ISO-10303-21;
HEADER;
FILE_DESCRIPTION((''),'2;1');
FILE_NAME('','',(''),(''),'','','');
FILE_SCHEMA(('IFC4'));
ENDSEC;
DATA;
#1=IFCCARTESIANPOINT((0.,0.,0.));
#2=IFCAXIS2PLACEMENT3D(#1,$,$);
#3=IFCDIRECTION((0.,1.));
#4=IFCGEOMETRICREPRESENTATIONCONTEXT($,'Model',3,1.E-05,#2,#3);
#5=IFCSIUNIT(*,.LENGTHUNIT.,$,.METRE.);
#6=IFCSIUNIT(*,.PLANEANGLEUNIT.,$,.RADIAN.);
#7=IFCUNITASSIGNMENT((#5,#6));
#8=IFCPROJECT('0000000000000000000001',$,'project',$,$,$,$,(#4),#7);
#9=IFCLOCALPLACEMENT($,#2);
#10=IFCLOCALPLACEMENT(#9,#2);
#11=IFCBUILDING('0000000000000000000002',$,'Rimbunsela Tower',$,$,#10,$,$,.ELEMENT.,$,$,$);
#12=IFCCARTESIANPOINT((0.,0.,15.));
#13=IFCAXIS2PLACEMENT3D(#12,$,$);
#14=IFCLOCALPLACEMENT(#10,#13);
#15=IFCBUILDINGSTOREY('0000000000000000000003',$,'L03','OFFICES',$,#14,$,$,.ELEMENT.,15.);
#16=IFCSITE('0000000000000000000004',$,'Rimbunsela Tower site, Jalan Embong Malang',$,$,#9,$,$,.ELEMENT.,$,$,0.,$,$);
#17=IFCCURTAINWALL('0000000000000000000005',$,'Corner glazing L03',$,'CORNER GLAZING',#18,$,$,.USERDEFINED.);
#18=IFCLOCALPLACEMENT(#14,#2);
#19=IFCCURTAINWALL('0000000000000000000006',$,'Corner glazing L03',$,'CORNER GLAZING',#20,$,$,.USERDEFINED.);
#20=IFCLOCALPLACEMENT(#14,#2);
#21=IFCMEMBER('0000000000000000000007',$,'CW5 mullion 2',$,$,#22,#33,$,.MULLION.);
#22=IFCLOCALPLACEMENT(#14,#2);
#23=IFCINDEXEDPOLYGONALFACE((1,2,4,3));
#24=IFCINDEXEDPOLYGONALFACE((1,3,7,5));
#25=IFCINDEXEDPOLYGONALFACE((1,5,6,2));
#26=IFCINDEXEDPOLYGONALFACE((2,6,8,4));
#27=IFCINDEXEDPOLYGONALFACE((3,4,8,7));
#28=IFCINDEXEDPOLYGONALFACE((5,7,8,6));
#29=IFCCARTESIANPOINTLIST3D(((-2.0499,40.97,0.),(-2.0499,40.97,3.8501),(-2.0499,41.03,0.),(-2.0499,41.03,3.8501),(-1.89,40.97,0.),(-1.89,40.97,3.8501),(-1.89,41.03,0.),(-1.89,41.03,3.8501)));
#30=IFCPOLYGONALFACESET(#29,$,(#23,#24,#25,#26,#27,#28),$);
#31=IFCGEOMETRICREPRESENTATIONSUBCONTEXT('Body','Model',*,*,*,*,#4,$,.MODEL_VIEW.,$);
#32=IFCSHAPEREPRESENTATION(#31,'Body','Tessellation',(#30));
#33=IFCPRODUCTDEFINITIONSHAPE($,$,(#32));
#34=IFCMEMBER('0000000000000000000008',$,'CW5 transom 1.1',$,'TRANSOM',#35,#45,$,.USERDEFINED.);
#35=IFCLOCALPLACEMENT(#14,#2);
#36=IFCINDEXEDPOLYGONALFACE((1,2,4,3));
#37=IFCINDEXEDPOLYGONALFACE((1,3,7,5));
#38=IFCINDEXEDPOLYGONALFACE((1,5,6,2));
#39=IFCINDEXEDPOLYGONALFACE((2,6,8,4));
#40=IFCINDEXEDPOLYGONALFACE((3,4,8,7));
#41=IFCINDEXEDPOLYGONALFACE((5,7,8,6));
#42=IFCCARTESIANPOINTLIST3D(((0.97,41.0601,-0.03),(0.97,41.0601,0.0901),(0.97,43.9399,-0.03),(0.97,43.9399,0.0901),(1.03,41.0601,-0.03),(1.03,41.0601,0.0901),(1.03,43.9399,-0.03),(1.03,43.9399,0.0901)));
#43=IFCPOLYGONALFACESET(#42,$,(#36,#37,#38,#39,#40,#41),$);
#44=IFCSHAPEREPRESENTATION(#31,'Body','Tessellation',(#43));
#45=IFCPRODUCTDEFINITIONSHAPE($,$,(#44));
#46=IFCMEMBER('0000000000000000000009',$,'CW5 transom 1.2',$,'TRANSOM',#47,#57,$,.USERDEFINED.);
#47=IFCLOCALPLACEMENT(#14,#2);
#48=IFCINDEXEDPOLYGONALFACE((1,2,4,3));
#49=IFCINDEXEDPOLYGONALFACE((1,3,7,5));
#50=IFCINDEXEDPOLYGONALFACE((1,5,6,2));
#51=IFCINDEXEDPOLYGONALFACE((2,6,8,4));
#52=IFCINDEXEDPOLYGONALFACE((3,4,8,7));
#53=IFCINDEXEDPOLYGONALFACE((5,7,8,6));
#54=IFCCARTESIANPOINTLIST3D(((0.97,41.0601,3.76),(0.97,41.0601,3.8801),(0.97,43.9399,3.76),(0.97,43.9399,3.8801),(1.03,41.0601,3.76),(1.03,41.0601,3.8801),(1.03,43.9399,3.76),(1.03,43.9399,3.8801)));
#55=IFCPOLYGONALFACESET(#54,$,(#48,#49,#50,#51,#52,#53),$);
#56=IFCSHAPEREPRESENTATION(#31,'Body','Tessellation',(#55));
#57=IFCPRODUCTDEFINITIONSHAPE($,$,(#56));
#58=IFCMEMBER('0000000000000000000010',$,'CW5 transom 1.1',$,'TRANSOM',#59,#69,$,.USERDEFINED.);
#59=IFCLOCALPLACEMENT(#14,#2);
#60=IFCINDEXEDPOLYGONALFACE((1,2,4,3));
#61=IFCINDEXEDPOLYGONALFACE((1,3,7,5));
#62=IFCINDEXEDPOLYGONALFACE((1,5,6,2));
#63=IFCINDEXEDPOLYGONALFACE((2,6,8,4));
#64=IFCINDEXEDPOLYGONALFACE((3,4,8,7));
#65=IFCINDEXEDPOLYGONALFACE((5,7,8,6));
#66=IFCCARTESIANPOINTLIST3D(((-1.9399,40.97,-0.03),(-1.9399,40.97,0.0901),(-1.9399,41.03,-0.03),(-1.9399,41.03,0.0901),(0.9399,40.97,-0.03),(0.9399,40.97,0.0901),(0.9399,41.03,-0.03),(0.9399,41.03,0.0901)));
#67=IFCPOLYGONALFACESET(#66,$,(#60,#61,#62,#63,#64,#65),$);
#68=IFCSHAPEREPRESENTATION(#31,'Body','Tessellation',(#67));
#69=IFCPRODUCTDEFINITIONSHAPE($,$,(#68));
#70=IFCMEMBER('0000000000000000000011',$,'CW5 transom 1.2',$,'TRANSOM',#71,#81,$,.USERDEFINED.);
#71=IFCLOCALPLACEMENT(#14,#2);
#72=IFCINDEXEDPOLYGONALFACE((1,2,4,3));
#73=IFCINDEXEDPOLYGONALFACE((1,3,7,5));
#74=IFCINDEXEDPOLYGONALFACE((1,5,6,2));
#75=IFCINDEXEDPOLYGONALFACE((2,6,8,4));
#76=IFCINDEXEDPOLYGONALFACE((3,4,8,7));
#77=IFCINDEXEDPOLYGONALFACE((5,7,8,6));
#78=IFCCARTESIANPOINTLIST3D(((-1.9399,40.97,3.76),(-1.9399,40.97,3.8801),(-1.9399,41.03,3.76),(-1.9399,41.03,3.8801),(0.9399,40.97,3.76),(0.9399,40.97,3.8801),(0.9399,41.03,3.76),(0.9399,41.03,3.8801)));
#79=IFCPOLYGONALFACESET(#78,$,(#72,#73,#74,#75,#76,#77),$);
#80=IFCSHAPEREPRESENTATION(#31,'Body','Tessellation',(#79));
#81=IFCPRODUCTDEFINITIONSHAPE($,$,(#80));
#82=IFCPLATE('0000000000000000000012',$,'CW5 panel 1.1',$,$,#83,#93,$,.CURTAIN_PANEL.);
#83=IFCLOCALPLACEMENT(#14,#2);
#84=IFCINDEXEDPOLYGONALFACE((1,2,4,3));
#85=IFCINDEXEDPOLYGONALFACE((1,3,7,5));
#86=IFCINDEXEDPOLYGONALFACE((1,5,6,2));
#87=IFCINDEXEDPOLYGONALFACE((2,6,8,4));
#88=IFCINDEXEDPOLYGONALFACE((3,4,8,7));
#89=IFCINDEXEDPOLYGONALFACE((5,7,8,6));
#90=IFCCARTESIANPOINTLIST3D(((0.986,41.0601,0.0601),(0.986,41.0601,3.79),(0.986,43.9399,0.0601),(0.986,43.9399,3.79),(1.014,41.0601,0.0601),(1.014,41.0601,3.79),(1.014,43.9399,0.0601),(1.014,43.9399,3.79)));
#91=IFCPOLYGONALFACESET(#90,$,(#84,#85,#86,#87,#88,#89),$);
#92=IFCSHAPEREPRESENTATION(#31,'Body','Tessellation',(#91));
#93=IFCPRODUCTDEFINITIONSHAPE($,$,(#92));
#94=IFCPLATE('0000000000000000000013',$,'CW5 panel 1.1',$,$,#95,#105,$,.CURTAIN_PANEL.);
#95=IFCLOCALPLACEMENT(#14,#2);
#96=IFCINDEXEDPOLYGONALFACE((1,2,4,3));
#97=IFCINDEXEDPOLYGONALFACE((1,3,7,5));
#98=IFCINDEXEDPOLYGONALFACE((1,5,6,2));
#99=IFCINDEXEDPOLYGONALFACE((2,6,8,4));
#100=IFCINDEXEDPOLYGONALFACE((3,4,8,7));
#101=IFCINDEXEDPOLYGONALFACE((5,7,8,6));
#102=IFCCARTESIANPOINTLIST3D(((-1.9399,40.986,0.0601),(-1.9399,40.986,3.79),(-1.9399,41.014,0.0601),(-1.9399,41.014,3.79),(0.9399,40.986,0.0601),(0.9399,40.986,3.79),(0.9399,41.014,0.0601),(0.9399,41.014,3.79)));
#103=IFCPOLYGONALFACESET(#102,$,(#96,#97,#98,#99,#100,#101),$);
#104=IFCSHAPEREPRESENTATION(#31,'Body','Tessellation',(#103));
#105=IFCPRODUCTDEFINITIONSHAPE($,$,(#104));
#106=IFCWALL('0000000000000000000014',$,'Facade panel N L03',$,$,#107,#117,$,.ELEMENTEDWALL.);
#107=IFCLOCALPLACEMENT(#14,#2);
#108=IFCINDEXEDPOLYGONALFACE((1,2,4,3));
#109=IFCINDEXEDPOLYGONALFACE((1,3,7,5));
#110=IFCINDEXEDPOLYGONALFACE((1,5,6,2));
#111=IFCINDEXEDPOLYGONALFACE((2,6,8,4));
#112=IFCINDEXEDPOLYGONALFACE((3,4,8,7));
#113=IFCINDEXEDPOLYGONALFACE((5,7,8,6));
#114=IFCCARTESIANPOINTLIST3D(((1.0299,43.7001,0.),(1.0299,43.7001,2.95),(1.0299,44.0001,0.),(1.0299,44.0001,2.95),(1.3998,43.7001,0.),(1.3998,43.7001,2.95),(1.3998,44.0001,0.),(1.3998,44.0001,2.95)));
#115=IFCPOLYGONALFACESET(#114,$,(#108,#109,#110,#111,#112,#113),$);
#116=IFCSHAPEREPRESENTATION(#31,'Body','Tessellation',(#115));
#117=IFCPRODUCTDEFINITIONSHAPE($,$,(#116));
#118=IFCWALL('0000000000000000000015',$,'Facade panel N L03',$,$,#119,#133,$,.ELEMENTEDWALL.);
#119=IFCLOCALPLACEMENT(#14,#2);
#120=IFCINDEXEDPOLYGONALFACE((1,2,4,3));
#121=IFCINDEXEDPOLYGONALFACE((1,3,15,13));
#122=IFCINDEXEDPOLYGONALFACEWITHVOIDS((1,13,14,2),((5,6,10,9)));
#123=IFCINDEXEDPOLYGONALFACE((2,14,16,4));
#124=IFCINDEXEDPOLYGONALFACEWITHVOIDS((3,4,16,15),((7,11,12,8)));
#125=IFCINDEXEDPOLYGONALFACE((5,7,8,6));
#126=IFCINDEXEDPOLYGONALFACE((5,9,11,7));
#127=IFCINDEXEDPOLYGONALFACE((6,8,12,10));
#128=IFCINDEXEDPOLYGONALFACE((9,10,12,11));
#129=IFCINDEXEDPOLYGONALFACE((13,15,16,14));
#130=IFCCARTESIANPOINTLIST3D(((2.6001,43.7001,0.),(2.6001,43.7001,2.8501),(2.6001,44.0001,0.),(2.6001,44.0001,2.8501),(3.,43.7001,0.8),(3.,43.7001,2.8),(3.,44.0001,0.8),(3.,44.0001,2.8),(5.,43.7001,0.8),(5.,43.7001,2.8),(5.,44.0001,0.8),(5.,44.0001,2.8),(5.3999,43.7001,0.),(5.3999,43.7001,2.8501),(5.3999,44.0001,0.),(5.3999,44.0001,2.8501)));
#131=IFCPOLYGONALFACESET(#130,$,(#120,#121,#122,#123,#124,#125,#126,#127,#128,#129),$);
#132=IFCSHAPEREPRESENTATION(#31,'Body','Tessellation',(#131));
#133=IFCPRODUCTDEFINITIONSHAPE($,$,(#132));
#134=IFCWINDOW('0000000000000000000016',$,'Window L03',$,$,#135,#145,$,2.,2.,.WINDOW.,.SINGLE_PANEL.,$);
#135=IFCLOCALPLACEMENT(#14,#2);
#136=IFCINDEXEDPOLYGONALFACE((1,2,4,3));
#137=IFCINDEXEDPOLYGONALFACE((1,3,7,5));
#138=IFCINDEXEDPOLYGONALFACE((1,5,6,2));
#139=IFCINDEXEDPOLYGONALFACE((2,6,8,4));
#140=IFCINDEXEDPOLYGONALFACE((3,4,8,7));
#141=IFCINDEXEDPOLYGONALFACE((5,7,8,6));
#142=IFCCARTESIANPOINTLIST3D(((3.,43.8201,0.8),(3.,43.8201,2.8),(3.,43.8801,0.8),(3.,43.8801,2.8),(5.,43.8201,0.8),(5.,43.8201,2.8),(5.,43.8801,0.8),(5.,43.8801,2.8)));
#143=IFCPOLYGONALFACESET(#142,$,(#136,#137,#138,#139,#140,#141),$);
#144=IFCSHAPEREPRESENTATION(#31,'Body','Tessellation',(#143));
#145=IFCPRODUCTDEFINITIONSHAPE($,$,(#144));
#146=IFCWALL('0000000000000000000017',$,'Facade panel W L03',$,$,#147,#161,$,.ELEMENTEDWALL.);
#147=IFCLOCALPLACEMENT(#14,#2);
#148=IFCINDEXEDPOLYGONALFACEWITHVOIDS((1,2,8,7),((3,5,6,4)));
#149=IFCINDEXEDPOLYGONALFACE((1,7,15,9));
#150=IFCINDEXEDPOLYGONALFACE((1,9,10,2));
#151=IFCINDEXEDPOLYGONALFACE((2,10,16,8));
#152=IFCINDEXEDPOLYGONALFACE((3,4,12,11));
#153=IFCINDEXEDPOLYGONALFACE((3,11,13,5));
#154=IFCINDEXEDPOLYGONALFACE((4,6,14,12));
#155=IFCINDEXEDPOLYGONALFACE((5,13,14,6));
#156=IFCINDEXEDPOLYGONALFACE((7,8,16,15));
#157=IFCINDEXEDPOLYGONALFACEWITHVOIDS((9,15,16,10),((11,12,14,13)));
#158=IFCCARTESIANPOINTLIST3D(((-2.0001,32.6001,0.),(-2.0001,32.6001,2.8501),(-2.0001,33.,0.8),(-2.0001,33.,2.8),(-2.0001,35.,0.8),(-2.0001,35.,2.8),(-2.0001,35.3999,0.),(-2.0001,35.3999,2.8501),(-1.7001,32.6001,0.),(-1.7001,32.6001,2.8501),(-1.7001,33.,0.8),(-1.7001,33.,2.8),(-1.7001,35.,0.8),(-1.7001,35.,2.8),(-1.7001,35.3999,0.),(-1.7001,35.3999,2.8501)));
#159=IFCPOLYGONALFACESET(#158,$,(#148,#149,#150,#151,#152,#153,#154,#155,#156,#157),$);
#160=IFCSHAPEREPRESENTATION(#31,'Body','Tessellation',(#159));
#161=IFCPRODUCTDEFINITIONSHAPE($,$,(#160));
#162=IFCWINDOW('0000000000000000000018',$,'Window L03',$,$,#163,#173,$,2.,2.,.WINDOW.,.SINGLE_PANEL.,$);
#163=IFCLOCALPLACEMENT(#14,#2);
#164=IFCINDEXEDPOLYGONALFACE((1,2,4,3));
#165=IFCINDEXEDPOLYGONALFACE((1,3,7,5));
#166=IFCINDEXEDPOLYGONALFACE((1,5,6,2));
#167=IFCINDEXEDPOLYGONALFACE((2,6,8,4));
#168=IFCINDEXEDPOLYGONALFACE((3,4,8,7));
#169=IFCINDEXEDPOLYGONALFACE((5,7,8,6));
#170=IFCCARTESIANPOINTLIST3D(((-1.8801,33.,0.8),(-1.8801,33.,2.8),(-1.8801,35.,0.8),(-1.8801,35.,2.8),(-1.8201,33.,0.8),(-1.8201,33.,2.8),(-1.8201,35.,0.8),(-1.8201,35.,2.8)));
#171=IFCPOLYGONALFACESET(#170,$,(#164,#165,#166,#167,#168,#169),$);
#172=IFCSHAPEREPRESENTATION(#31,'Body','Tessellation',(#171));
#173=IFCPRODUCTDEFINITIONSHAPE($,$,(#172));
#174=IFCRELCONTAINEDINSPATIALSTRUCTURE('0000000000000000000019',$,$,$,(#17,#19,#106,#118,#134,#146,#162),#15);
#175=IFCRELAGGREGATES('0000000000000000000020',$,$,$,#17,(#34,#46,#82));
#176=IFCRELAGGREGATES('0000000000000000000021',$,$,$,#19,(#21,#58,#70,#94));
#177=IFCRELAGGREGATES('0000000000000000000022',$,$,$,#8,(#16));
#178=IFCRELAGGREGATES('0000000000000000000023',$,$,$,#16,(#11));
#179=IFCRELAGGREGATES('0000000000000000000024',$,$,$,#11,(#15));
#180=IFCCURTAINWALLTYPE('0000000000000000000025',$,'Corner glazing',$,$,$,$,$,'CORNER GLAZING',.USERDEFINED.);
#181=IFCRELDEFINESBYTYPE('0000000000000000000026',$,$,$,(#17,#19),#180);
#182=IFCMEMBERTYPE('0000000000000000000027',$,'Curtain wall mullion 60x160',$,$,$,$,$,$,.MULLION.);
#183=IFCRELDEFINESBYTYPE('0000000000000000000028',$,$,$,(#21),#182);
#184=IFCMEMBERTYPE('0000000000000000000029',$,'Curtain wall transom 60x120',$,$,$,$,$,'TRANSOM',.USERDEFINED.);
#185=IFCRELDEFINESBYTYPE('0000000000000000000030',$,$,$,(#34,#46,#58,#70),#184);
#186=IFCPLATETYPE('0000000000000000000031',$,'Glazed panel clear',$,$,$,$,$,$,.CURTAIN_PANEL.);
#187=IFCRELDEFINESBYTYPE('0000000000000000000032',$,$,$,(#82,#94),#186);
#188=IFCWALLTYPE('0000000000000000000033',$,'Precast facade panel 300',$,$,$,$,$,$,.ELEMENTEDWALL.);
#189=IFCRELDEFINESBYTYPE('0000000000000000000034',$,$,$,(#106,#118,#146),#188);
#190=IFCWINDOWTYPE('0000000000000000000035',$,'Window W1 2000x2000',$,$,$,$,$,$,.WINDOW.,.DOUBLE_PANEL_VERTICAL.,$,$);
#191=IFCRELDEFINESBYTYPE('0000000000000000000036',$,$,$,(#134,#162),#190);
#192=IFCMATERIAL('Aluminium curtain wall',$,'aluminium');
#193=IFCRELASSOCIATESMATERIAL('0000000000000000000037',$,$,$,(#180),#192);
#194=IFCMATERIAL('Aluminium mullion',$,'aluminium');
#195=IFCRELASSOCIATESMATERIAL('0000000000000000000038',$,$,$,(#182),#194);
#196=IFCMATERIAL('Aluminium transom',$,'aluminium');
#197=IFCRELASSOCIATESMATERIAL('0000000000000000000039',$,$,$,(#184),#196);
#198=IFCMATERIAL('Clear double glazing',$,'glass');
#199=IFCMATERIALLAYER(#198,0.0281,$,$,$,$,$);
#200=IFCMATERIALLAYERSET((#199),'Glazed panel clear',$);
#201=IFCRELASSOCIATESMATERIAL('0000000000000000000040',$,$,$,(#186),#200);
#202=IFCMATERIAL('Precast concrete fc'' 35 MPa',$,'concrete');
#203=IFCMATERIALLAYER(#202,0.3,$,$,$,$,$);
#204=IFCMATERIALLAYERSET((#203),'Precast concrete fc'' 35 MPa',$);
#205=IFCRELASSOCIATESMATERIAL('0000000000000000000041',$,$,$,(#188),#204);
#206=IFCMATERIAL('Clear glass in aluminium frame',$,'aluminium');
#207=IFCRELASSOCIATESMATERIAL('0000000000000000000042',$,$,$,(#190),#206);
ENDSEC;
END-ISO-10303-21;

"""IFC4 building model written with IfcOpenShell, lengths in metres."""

from ifc_helpers import new_model, si_unit, direction, frame, frame_2d, origin, origin_2d, place, context, subcontext, project, spatial, rectangle, extrude, material, layer, layer_set, material_profile, profile_set, type_object, element, fill, aggregate, save


model = new_model("IFC4")

# Units and contexts
model_context = context("Model", 3, precision=1e-05, world=origin(), true_north=direction((0.0, 1.0)))
body_context = subcontext(model_context, "Body", "Model", "MODEL_VIEW")
ifc_project = project(units=[si_unit("LENGTHUNIT", "METRE"), si_unit("PLANEANGLEUNIT", "RADIAN")], contexts=[model_context])

# Site, building, storey
site_placement = place(None, origin())
site = spatial("IfcSite", under=ifc_project, at=site_placement, Name="Rimbunsela Tower site, Jalan Embong Malang", CompositionType="ELEMENT", RefElevation=0.0)
building_placement = place(site_placement, origin())
building = spatial("IfcBuilding", under=site, at=building_placement, Name="Rimbunsela Tower", CompositionType="ELEMENT")
storey_placement = place(building_placement, frame((0.0, 0.0, 15.0)))
storey = spatial("IfcBuildingStorey", under=building, at=storey_placement, Name="L03", Description="OFFICES", CompositionType="ELEMENT", Elevation=15.0)

# Curtain walls, member
ifc_material_1 = material(Name="Aluminium curtain wall", Category="aluminium")
curtain_wall_type = type_object("IfcCurtainWallType", Name="Corner glazing", ElementType="CORNER GLAZING", PredefinedType="USERDEFINED", material=ifc_material_1)
curtain_wall_1_placement = place(storey_placement, origin())
curtain_wall_1 = element("IfcCurtainWall", 1, at=curtain_wall_1_placement, inside=storey, type_object=curtain_wall_type, Name="Corner glazing L03", ObjectType="CORNER GLAZING", PredefinedType="USERDEFINED")
ifc_material_2 = material(Name="Aluminium mullion", Category="aluminium")
ifc_material_profile_1 = material_profile(ifc_material_2, rectangle(XDim=0.0601, YDim=0.1599, at=origin_2d()), Name="Mullion 60x160")
ifc_profile_set_1 = profile_set([ifc_material_profile_1], Name="Aluminium mullion")
member_type_1 = type_object("IfcMemberType", Name="Curtain wall mullion 60x160", PredefinedType="MULLION", material=ifc_profile_set_1)
curtain_wall_2_placement = place(storey_placement, origin())
curtain_wall_2 = element("IfcCurtainWall", 2, at=curtain_wall_2_placement, inside=storey, type_object=curtain_wall_type, Name="Corner glazing L03", ObjectType="CORNER GLAZING", PredefinedType="USERDEFINED")
member_1_placement = place(storey_placement, frame((-1.97, 41.0, 0.0), z_axis=(0.0, 0.0, 1.0), x_axis=(0.0, -1.0, 0.0)))
member_1 = element("IfcMember", 3, at=member_1_placement, type_object=member_type_1, Name="CW5 mullion 2", PredefinedType="MULLION", context=body_context, shape_type="SweptSolid", body=[
    extrude(rectangle(XDim=0.0601, YDim=0.1599, at=origin_2d()), origin(), (0.0, 0.0, 1.0), 3.8501),
])

# Members
ifc_material_3 = material(Name="Aluminium transom", Category="aluminium")
ifc_material_profile_2 = material_profile(ifc_material_3, rectangle(XDim=0.0601, YDim=0.1201, at=origin_2d()), Name="Transom 60x120")
ifc_profile_set_2 = profile_set([ifc_material_profile_2], Name="Aluminium transom")
member_type_2 = type_object("IfcMemberType", Name="Curtain wall transom 60x120", ElementType="TRANSOM", PredefinedType="USERDEFINED", material=ifc_profile_set_2)
member_2_placement = place(storey_placement, frame((1.0, 43.9399, 0.03), z_axis=(0.0, -1.0, 0.0), x_axis=(1.0, 0.0, 0.0)))
member_2 = element("IfcMember", 4, at=member_2_placement, type_object=member_type_2, Name="CW5 transom 1.1", ObjectType="TRANSOM", PredefinedType="USERDEFINED", context=body_context, shape_type="SweptSolid", body=[
    extrude(rectangle(XDim=0.0601, YDim=0.1201, at=origin_2d()), origin(), (0.0, 0.0, 1.0), 2.8799),
])
member_3_placement = place(storey_placement, frame((1.0, 43.9399, 3.8201), z_axis=(0.0, -1.0, 0.0), x_axis=(1.0, 0.0, 0.0)))
member_3 = element("IfcMember", 5, at=member_3_placement, type_object=member_type_2, Name="CW5 transom 1.2", ObjectType="TRANSOM", PredefinedType="USERDEFINED", context=body_context, shape_type="SweptSolid", body=[
    extrude(rectangle(XDim=0.0601, YDim=0.1201, at=origin_2d()), origin(), (0.0, 0.0, 1.0), 2.8799),
])
member_4_placement = place(storey_placement, frame((0.9399, 41.0, 0.03), z_axis=(-1.0, 0.0, 0.0), x_axis=(0.0, -1.0, 0.0)))
member_4 = element("IfcMember", 6, at=member_4_placement, type_object=member_type_2, Name="CW5 transom 1.1", ObjectType="TRANSOM", PredefinedType="USERDEFINED", context=body_context, shape_type="SweptSolid", body=[
    extrude(rectangle(XDim=0.0601, YDim=0.1201, at=origin_2d()), origin(), (0.0, 0.0, 1.0), 2.8799),
])
member_5_placement = place(storey_placement, frame((0.9399, 41.0, 3.8201), z_axis=(-1.0, 0.0, 0.0), x_axis=(0.0, -1.0, 0.0)))
member_5 = element("IfcMember", 7, at=member_5_placement, type_object=member_type_2, Name="CW5 transom 1.2", ObjectType="TRANSOM", PredefinedType="USERDEFINED", context=body_context, shape_type="SweptSolid", body=[
    extrude(rectangle(XDim=0.0601, YDim=0.1201, at=origin_2d()), origin(), (0.0, 0.0, 1.0), 2.8799),
])

# Plates
ifc_material_4 = material(Name="Clear double glazing", Category="glass")
ifc_layer_1 = layer(ifc_material_4, 0.0281)
ifc_layer_set_1 = layer_set([ifc_layer_1], Name="Glazed panel clear")
plate_type = type_object("IfcPlateType", Name="Glazed panel clear", PredefinedType="CURTAIN_PANEL", material=ifc_layer_set_1)
plate_1_placement = place(storey_placement, frame((1.0, 42.5, 0.0601), z_axis=(0.0, 0.0, 1.0), x_axis=(0.0, -1.0, 0.0)))
plate_1 = element("IfcPlate", 8, at=plate_1_placement, type_object=plate_type, Name="CW5 panel 1.1", PredefinedType="CURTAIN_PANEL", context=body_context, shape_type="SweptSolid", body=[
    extrude(rectangle(XDim=2.8799, YDim=0.0281, at=origin_2d()), origin(), (0.0, 0.0, 1.0), 3.73),
])
aggregate(curtain_wall_1, [member_2, member_3, plate_1])
plate_2_placement = place(storey_placement, frame((-0.5, 41.0, 0.0601), z_axis=(0.0, 0.0, 1.0), x_axis=(-1.0, 0.0, 0.0)))
plate_2 = element("IfcPlate", 9, at=plate_2_placement, type_object=plate_type, Name="CW5 panel 1.1", PredefinedType="CURTAIN_PANEL", context=body_context, shape_type="SweptSolid", body=[
    extrude(rectangle(XDim=2.8799, YDim=0.0281, at=origin_2d()), origin(), (0.0, 0.0, 1.0), 3.73),
])
aggregate(curtain_wall_2, [member_1, member_4, member_5, plate_2])

# Wall
ifc_material_5 = material(Name="Precast concrete fc' 35 MPa", Category="concrete")
ifc_layer_2 = layer(ifc_material_5, 0.3)
ifc_layer_set_2 = layer_set([ifc_layer_2], Name="Precast concrete fc' 35 MPa")
wall_type = type_object("IfcWallType", Name="Precast facade panel 300", PredefinedType="ELEMENTEDWALL", material=ifc_layer_set_2)
wall_1_placement = place(storey_placement, frame((1.3999, 43.8501, 0.0), z_axis=(0.0, 0.0, 1.0), x_axis=(-1.0, 0.0, 0.0)))
element("IfcWall", 10, at=wall_1_placement, inside=storey, type_object=wall_type, Name="Facade panel N L03", PredefinedType="ELEMENTEDWALL", context=body_context, shape_type="SweptSolid", body=[
    extrude(rectangle(XDim=0.3699, YDim=0.3, at=frame_2d((0.1851, 0.0))), origin(), (0.0, 0.0, 1.0), 2.95),
])

# Walls, openings, windows
wall_2_placement = place(storey_placement, frame((5.3999, 43.8501, 0.0), z_axis=(0.0, 0.0, 1.0), x_axis=(-1.0, 0.0, 0.0)))
wall_2 = element("IfcWall", 11, at=wall_2_placement, inside=storey, type_object=wall_type, Name="Facade panel N L03", PredefinedType="ELEMENTEDWALL", context=body_context, shape_type="SweptSolid", body=[
    extrude(rectangle(XDim=2.7998, YDim=0.3, at=frame_2d((1.3999, 0.0))), origin(), (0.0, 0.0, 1.0), 2.8501),
])
opening_1_placement = place(wall_2_placement, frame((0.3999, 0.0, 0.8)))
opening_1 = element("IfcOpeningElement", 12, at=opening_1_placement, cuts=wall_2, PredefinedType="OPENING", context=body_context, shape_type="SweptSolid", body=[
    extrude(rectangle(XDim=2.0, YDim=2.0, at=frame_2d((1.0, 1.0))), frame((0.0, 0.1599, 0.0), z_axis=(0.0, -1.0, 0.0), x_axis=(1.0, 0.0, 0.0)), (0.0, 0.0, 1.0), 0.3201),
])
ifc_material_6 = material(Name="Clear glass in aluminium frame", Category="aluminium")
window_type = type_object("IfcWindowType", Name="Window W1 2000x2000", PartitioningType="DOUBLE_PANEL_VERTICAL", PredefinedType="WINDOW", material=ifc_material_6)
window_1_placement = place(opening_1_placement, origin())
window_1 = element("IfcWindow", 13, at=window_1_placement, inside=storey, type_object=window_type, Name="Window L03", OverallHeight=2.0, OverallWidth=2.0, PartitioningType="SINGLE_PANEL", PredefinedType="WINDOW", context=body_context, shape_type="SweptSolid", body=[
    extrude(rectangle(XDim=2.0, YDim=2.0, at=frame_2d((1.0, 1.0))), frame((0.0, 0.03, 0.0), z_axis=(0.0, -1.0, 0.0), x_axis=(1.0, 0.0, 0.0)), (0.0, 0.0, 1.0), 0.0601),
])
fill(opening_1, window_1)
wall_3_placement = place(storey_placement, frame((-1.8501, 35.3999, 0.0), z_axis=(0.0, 0.0, 1.0), x_axis=(0.0, -1.0, 0.0)))
wall_3 = element("IfcWall", 14, at=wall_3_placement, inside=storey, type_object=wall_type, Name="Facade panel W L03", PredefinedType="ELEMENTEDWALL", context=body_context, shape_type="SweptSolid", body=[
    extrude(rectangle(XDim=2.7998, YDim=0.3, at=frame_2d((1.3999, 0.0))), origin(), (0.0, 0.0, 1.0), 2.8501),
])
opening_2_placement = place(wall_3_placement, frame((0.3999, 0.0, 0.8)))
opening_2 = element("IfcOpeningElement", 15, at=opening_2_placement, cuts=wall_3, PredefinedType="OPENING", context=body_context, shape_type="SweptSolid", body=[
    extrude(rectangle(XDim=2.0, YDim=2.0, at=frame_2d((1.0, 1.0))), frame((0.0, 0.1599, 0.0), z_axis=(0.0, -1.0, 0.0), x_axis=(1.0, 0.0, 0.0)), (0.0, 0.0, 1.0), 0.3201),
])
window_2_placement = place(opening_2_placement, origin())
window_2 = element("IfcWindow", 16, at=window_2_placement, inside=storey, type_object=window_type, Name="Window L03", OverallHeight=2.0, OverallWidth=2.0, PartitioningType="SINGLE_PANEL", PredefinedType="WINDOW", context=body_context, shape_type="SweptSolid", body=[
    extrude(rectangle(XDim=2.0, YDim=2.0, at=frame_2d((1.0, 1.0))), frame((0.0, 0.03, 0.0), z_axis=(0.0, -1.0, 0.0), x_axis=(1.0, 0.0, 0.0)), (0.0, 0.0, 1.0), 0.0601),
])
fill(opening_2, window_2)

save(model, "model.ifc")
